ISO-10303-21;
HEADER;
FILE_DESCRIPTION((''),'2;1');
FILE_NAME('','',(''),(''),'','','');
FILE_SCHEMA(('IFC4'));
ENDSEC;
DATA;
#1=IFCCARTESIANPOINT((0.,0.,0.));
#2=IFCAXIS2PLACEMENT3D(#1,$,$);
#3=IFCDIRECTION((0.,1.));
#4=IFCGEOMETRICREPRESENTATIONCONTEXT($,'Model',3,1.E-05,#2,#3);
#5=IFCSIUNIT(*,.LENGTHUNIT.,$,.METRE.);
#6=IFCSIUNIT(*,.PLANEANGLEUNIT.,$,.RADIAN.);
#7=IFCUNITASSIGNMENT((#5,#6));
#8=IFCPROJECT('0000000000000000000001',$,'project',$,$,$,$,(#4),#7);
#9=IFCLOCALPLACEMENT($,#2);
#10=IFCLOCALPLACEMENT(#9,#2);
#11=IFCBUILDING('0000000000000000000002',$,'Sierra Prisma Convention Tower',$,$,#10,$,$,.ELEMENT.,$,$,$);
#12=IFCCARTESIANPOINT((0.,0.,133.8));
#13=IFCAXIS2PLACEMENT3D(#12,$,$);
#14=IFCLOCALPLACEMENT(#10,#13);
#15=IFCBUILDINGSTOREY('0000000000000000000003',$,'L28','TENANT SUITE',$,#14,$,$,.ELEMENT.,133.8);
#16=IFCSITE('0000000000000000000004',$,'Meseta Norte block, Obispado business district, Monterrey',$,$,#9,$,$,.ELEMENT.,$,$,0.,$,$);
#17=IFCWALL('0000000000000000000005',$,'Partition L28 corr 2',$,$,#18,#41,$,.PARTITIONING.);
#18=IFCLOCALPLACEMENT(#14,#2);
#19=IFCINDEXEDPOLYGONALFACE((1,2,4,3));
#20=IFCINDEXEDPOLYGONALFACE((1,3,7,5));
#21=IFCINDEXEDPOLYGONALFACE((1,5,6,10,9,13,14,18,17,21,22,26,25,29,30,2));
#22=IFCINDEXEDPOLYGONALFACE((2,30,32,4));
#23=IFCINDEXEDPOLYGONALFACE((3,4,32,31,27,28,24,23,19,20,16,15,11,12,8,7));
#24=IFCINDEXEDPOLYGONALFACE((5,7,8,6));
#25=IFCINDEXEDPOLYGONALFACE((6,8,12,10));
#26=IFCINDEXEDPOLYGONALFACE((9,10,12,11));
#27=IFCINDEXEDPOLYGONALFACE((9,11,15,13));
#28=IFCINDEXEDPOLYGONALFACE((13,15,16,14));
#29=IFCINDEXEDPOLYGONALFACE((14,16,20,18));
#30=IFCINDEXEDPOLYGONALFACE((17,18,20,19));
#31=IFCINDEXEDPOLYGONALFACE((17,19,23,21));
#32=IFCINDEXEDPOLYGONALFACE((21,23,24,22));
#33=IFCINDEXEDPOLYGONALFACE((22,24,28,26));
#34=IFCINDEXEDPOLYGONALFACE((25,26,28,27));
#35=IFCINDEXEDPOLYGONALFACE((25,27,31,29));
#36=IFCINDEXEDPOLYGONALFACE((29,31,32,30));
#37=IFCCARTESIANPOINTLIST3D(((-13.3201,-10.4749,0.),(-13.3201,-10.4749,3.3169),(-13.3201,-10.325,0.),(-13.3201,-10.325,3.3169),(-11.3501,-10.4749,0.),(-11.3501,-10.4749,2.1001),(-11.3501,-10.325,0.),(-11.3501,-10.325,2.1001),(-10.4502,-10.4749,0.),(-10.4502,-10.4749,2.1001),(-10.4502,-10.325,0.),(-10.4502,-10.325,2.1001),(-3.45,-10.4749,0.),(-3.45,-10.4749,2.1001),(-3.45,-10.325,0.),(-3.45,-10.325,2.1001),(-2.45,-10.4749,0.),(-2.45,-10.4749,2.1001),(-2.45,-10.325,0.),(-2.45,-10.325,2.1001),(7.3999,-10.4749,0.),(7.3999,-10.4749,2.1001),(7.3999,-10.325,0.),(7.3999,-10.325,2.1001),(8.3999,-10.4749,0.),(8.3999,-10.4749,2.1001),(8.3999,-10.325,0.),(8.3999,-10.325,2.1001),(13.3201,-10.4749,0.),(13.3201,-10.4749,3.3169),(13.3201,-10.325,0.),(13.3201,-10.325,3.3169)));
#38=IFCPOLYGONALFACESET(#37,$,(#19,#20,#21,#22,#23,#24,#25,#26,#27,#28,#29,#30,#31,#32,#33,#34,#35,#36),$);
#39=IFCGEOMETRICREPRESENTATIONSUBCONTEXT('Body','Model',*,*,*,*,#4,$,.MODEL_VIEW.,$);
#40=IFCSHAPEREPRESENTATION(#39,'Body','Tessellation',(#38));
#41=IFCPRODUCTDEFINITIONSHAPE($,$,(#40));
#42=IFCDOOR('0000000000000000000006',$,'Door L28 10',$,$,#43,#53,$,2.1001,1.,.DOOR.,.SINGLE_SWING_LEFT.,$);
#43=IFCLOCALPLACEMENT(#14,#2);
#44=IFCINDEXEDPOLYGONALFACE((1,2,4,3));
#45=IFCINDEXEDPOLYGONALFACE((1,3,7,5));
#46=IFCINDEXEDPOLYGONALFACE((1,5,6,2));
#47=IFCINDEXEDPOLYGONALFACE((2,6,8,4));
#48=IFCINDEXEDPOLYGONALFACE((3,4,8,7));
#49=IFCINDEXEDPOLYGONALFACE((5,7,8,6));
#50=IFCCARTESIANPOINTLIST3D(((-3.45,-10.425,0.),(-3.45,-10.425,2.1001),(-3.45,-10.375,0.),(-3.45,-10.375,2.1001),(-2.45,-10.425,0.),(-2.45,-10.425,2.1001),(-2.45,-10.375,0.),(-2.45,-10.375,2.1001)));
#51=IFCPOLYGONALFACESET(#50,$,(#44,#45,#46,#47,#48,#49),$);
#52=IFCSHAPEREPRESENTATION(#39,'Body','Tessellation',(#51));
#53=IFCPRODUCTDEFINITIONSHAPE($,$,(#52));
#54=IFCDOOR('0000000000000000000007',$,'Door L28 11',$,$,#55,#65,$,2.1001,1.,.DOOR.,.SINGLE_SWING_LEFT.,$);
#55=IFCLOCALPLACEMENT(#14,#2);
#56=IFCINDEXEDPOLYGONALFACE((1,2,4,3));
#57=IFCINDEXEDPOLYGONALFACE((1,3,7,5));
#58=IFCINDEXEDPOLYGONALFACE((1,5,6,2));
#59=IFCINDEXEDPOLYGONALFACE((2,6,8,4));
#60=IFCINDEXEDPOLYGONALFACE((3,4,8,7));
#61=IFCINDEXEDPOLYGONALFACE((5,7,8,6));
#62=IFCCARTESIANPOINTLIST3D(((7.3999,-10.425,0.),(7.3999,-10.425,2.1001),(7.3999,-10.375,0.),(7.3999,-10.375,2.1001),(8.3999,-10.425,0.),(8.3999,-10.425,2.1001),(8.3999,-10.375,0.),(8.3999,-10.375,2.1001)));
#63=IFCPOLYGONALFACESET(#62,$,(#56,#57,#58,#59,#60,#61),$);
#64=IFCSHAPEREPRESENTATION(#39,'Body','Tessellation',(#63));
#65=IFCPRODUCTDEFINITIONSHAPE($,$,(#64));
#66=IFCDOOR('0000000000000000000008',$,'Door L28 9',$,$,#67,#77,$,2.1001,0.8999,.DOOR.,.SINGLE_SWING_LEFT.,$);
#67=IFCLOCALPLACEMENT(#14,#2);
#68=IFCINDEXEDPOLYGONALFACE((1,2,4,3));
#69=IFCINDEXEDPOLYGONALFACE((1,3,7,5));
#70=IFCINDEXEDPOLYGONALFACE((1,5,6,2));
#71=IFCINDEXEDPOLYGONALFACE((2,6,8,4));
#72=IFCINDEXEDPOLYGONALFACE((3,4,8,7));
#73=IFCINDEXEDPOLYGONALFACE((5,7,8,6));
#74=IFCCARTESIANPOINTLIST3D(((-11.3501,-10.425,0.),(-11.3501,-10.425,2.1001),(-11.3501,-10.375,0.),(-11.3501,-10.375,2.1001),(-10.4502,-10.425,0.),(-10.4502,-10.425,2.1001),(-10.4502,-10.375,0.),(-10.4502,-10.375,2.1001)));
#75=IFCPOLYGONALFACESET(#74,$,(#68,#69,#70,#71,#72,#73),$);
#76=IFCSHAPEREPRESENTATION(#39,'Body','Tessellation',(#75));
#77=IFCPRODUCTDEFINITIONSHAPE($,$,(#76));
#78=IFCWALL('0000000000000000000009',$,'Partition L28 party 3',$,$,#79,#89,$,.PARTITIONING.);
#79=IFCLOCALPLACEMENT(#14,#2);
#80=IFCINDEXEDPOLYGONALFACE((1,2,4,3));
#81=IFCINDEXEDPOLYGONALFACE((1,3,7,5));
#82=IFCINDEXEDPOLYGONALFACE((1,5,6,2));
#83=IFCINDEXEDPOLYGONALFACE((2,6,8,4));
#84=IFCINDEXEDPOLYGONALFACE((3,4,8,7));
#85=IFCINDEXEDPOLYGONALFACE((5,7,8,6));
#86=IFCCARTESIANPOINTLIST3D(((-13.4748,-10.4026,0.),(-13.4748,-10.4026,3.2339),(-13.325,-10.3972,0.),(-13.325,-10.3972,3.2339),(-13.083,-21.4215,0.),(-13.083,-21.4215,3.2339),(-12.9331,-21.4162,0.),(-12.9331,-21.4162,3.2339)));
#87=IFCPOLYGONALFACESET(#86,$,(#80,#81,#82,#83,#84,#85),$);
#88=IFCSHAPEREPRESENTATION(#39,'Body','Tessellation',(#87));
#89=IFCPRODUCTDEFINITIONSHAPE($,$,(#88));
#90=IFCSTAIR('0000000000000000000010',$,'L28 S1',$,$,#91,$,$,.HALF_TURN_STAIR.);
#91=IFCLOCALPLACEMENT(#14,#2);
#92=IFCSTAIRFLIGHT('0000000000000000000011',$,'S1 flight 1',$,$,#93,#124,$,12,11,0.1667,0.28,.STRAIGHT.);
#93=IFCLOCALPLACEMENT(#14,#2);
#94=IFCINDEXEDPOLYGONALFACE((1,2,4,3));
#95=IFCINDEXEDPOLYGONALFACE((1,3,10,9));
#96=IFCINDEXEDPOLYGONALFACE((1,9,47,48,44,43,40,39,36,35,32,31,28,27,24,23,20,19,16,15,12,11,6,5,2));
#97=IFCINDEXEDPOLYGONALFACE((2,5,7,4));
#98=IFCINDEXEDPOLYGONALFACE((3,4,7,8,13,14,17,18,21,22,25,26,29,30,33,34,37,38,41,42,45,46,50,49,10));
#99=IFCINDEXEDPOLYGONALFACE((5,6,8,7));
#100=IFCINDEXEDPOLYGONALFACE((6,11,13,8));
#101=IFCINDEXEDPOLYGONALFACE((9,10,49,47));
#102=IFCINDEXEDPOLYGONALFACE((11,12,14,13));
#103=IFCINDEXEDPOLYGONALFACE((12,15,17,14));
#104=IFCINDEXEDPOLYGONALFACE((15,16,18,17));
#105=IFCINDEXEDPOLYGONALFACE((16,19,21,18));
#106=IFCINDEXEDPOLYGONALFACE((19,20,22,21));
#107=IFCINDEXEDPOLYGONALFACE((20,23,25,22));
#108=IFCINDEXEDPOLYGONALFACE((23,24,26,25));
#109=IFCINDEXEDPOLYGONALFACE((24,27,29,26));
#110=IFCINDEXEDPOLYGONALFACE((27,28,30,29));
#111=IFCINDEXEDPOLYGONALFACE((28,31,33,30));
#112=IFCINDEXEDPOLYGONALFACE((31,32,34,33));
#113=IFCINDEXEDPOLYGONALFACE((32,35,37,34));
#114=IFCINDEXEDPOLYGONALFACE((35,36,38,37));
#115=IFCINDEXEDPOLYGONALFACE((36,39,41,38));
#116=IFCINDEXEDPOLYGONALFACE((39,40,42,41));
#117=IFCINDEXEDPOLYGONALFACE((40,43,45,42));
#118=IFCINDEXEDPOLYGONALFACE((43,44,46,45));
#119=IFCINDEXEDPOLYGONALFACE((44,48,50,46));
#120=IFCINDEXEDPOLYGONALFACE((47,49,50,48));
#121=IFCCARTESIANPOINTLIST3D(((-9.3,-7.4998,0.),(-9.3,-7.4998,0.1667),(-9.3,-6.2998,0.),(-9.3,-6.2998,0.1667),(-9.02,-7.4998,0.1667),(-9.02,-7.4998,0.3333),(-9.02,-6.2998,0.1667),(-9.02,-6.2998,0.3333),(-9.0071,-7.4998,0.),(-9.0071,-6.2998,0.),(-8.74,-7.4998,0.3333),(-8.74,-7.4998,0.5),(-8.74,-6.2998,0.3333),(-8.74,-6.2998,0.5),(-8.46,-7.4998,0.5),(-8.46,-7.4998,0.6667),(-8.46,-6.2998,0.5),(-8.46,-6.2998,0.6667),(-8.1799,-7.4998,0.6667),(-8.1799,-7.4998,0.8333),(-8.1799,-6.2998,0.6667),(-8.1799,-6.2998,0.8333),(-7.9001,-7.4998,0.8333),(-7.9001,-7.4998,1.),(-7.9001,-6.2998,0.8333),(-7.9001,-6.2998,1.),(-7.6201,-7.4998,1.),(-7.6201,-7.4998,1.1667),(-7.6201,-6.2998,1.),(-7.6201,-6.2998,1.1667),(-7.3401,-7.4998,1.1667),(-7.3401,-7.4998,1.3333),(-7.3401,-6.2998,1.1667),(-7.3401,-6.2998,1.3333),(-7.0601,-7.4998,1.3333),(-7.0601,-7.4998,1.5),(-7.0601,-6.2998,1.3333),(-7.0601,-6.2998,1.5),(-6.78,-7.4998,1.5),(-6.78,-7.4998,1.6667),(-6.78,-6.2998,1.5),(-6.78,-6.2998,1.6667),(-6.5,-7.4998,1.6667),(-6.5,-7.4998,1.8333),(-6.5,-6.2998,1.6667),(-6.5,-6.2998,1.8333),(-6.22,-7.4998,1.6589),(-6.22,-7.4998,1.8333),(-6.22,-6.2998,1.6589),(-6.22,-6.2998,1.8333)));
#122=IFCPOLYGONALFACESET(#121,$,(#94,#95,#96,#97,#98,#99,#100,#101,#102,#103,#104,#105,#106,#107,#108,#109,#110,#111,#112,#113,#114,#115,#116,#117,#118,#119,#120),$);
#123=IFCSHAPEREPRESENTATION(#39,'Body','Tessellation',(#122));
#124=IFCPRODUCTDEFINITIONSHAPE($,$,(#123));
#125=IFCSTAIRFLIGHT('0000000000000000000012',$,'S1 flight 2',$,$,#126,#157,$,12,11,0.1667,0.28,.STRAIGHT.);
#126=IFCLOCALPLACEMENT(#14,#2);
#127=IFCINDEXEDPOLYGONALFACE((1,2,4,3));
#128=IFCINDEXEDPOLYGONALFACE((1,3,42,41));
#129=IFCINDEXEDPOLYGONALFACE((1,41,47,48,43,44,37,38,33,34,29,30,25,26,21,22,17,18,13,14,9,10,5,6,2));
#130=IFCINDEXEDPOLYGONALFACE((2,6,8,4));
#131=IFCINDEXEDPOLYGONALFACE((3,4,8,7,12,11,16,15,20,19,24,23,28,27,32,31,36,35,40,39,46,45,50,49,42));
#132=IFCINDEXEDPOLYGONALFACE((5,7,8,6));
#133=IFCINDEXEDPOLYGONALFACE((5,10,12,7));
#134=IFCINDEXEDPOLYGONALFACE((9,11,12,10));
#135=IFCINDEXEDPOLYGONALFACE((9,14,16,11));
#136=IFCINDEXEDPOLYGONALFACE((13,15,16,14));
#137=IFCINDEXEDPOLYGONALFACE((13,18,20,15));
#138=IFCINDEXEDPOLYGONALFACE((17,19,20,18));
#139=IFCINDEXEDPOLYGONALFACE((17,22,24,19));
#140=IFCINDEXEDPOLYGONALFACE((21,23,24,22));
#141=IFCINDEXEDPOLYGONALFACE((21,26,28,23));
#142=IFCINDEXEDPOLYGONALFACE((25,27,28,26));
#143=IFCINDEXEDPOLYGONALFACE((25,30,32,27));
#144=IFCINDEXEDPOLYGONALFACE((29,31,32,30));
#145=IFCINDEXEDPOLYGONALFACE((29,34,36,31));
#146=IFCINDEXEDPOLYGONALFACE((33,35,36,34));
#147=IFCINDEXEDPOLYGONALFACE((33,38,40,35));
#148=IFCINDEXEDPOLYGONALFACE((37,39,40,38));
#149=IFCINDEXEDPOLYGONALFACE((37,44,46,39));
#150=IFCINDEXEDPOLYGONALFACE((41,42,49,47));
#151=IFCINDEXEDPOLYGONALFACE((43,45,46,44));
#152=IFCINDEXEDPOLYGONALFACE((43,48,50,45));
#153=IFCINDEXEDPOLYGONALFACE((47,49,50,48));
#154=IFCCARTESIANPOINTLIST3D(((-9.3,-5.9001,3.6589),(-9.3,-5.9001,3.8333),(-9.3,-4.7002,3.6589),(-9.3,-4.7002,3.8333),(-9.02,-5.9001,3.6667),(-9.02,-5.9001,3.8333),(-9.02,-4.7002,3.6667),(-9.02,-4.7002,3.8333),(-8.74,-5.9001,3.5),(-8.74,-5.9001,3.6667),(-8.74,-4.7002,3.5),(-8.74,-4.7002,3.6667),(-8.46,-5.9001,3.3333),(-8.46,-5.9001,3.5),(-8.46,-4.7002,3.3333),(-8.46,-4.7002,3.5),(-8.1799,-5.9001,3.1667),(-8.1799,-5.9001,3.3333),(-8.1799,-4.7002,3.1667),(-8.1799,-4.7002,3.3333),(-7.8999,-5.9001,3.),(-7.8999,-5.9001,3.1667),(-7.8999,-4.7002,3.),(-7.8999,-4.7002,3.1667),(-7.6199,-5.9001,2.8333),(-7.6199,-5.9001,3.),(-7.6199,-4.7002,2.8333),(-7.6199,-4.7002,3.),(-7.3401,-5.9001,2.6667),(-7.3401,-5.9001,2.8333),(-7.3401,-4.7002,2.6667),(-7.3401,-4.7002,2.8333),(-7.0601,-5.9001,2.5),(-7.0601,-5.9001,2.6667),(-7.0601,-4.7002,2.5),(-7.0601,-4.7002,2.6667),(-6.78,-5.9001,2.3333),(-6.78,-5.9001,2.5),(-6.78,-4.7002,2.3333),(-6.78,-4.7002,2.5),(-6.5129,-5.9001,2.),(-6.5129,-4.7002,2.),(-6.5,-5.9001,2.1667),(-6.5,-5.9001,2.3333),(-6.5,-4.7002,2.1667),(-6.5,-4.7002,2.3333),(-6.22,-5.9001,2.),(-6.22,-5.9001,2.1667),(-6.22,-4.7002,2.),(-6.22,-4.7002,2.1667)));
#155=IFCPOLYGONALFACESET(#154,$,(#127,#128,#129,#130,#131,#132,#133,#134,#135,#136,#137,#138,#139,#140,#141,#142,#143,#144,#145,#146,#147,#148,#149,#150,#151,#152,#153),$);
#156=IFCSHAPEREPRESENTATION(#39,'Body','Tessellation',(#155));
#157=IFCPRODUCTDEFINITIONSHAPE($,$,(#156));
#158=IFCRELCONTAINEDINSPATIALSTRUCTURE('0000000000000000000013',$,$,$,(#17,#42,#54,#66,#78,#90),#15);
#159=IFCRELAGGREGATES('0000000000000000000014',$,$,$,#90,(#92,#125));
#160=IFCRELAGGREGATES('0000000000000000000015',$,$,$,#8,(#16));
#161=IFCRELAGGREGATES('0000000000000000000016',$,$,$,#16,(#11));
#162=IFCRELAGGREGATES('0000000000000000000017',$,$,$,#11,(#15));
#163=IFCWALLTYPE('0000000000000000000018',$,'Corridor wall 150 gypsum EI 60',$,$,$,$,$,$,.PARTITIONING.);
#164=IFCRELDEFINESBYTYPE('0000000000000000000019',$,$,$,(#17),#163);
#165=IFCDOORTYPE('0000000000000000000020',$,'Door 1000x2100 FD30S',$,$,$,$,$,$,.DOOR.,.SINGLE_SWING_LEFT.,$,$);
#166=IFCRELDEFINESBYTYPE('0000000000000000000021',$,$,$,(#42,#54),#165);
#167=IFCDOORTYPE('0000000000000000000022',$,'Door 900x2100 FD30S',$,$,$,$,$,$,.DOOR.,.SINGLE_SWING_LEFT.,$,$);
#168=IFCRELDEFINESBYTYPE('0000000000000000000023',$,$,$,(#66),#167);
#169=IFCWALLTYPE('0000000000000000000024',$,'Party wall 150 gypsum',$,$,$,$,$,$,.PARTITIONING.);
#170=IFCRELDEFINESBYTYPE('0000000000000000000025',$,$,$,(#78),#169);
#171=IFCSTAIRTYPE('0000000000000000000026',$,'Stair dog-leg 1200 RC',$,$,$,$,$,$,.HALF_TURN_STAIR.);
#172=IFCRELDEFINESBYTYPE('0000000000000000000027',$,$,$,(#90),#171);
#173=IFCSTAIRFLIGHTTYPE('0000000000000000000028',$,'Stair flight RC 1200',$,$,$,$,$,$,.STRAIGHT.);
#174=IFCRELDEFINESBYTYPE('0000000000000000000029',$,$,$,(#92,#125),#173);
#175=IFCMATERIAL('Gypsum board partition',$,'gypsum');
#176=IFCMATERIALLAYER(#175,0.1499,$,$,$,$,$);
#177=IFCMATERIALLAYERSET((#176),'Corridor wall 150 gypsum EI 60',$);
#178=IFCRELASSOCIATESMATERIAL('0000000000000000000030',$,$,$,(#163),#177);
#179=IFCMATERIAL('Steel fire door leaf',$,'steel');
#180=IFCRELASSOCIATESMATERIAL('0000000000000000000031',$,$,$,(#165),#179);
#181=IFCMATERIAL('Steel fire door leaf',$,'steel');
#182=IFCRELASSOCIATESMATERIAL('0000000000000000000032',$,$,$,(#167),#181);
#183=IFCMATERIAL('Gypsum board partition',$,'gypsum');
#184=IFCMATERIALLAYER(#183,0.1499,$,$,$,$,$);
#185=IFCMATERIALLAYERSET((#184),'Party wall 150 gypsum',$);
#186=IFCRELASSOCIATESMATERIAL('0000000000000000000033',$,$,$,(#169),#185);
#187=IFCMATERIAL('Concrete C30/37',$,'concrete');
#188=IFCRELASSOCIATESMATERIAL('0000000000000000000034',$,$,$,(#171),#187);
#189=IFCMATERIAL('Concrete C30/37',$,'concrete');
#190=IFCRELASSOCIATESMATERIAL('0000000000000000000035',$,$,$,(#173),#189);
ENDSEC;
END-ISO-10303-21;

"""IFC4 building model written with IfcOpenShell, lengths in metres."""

from ifc_helpers import new_model, si_unit, direction, frame, frame_2d, origin, place, context, subcontext, project, spatial, polyline, rectangle, outline, extrude, material, layer, layer_set, type_object, element, fill, aggregate, save


model = new_model("IFC4")

# Units and contexts
model_context = context("Model", 3, precision=1e-05, world=origin(), true_north=direction((0.0, 1.0)))
body_context = subcontext(model_context, "Body", "Model", "MODEL_VIEW")
ifc_project = project(units=[si_unit("LENGTHUNIT", "METRE"), si_unit("PLANEANGLEUNIT", "RADIAN")], contexts=[model_context])

# Site, building, storey
site_placement = place(None, origin())
site = spatial("IfcSite", under=ifc_project, at=site_placement, Name="Meseta Norte block, Obispado business district, Monterrey", CompositionType="ELEMENT", RefElevation=0.0)
building_placement = place(site_placement, origin())
building = spatial("IfcBuilding", under=site, at=building_placement, Name="Sierra Prisma Convention Tower", CompositionType="ELEMENT")
storey_placement = place(building_placement, frame((0.0, 0.0, 133.8)))
storey = spatial("IfcBuildingStorey", under=building, at=storey_placement, Name="L28", Description="TENANT SUITE", CompositionType="ELEMENT", Elevation=133.8)

# Wall, openings, doors
ifc_material_1 = material(Name="Gypsum board partition", Category="gypsum")
ifc_layer_1 = layer(ifc_material_1, 0.1499)
ifc_layer_set_1 = layer_set([ifc_layer_1], Name="Corridor wall 150 gypsum EI 60")
wall_type_1 = type_object("IfcWallType", Name="Corridor wall 150 gypsum EI 60", PredefinedType="PARTITIONING", material=ifc_layer_set_1)
wall_1_placement = place(storey_placement, frame((-13.3201, -10.3999, 0.0), z_axis=(0.0, 0.0, 1.0), x_axis=(1.0, 0.0, 0.0)))
wall_1 = element("IfcWall", 1, at=wall_1_placement, inside=storey, type_object=wall_type_1, Name="Partition L28 corr 2", PredefinedType="PARTITIONING", context=body_context, shape_type="SweptSolid", body=[
    extrude(rectangle(XDim=26.6401, YDim=0.1499, at=frame_2d((13.3201, 0.0))), origin(), (0.0, 0.0, 1.0), 3.3169),
])
opening_1_placement = place(wall_1_placement, frame((1.97, 0.0, 0.0)))
opening_1 = element("IfcOpeningElement", 2, at=opening_1_placement, cuts=wall_1, PredefinedType="OPENING", context=body_context, shape_type="SweptSolid", body=[
    extrude(rectangle(XDim=0.8999, YDim=2.1001, at=frame_2d((0.45, 1.05))), frame((0.0, 0.075, 0.0), z_axis=(0.0, -1.0, 0.0), x_axis=(1.0, 0.0, 0.0)), (0.0, 0.0, 1.0), 0.1499),
])
opening_2_placement = place(wall_1_placement, frame((9.8701, 0.0, 0.0)))
opening_2 = element("IfcOpeningElement", 3, at=opening_2_placement, cuts=wall_1, PredefinedType="OPENING", context=body_context, shape_type="SweptSolid", body=[
    extrude(rectangle(XDim=1.0, YDim=2.1001, at=frame_2d((0.5, 1.05))), frame((0.0, 0.075, 0.0), z_axis=(0.0, -1.0, 0.0), x_axis=(1.0, 0.0, 0.0)), (0.0, 0.0, 1.0), 0.1499),
])
opening_3_placement = place(wall_1_placement, frame((20.72, 0.0, 0.0)))
opening_3 = element("IfcOpeningElement", 4, at=opening_3_placement, cuts=wall_1, PredefinedType="OPENING", context=body_context, shape_type="SweptSolid", body=[
    extrude(rectangle(XDim=1.0, YDim=2.1001, at=frame_2d((0.5, 1.05))), frame((0.0, 0.075, 0.0), z_axis=(0.0, -1.0, 0.0), x_axis=(1.0, 0.0, 0.0)), (0.0, 0.0, 1.0), 0.1499),
])
ifc_material_2 = material(Name="Steel fire door leaf", Category="steel")
door_type_1 = type_object("IfcDoorType", Name="Door 1000x2100 FD30S", OperationType="SINGLE_SWING_LEFT", PredefinedType="DOOR", material=ifc_material_2)
door_1_placement = place(opening_2_placement, origin())
door_1 = element("IfcDoor", 5, at=door_1_placement, inside=storey, type_object=door_type_1, Name="Door L28 10", OperationType="SINGLE_SWING_LEFT", OverallHeight=2.1001, OverallWidth=1.0, PredefinedType="DOOR", context=body_context, shape_type="SweptSolid", body=[
    extrude(rectangle(XDim=1.0, YDim=2.1001, at=frame_2d((0.5, 1.05))), frame((0.0, 0.0249, 0.0), z_axis=(0.0, -1.0, 0.0), x_axis=(1.0, 0.0, 0.0)), (0.0, 0.0, 1.0), 0.05),
])
fill(opening_2, door_1)
door_2_placement = place(opening_3_placement, origin())
door_2 = element("IfcDoor", 6, at=door_2_placement, inside=storey, type_object=door_type_1, Name="Door L28 11", OperationType="SINGLE_SWING_LEFT", OverallHeight=2.1001, OverallWidth=1.0, PredefinedType="DOOR", context=body_context, shape_type="SweptSolid", body=[
    extrude(rectangle(XDim=1.0, YDim=2.1001, at=frame_2d((0.5, 1.05))), frame((0.0, 0.0249, 0.0), z_axis=(0.0, -1.0, 0.0), x_axis=(1.0, 0.0, 0.0)), (0.0, 0.0, 1.0), 0.05),
])
fill(opening_3, door_2)
ifc_material_3 = material(Name="Steel fire door leaf", Category="steel")
door_type_2 = type_object("IfcDoorType", Name="Door 900x2100 FD30S", OperationType="SINGLE_SWING_LEFT", PredefinedType="DOOR", material=ifc_material_3)
door_3_placement = place(opening_1_placement, origin())
door_3 = element("IfcDoor", 7, at=door_3_placement, inside=storey, type_object=door_type_2, Name="Door L28 9", OperationType="SINGLE_SWING_LEFT", OverallHeight=2.1001, OverallWidth=0.8999, PredefinedType="DOOR", context=body_context, shape_type="SweptSolid", body=[
    extrude(rectangle(XDim=0.8999, YDim=2.1001, at=frame_2d((0.45, 1.05))), frame((0.0, 0.0249, 0.0), z_axis=(0.0, -1.0, 0.0), x_axis=(1.0, 0.0, 0.0)), (0.0, 0.0, 1.0), 0.05),
])
fill(opening_1, door_3)

# Wall
ifc_material_4 = material(Name="Gypsum board partition", Category="gypsum")
ifc_layer_2 = layer(ifc_material_4, 0.1499)
ifc_layer_set_2 = layer_set([ifc_layer_2], Name="Party wall 150 gypsum")
wall_type_2 = type_object("IfcWallType", Name="Party wall 150 gypsum", PredefinedType="PARTITIONING", material=ifc_layer_set_2)
wall_2_placement = place(storey_placement, frame((-13.3999, -10.3999, 0.0), z_axis=(0.0, 0.0, 1.0), x_axis=(0.035539, -0.999368, 0.0)))
element("IfcWall", 8, at=wall_2_placement, inside=storey, type_object=wall_type_2, Name="Partition L28 party 3", PredefinedType="PARTITIONING", context=body_context, shape_type="SweptSolid", body=[
    extrude(rectangle(XDim=11.0259, YDim=0.1499, at=frame_2d((5.5129, 0.0))), origin(), (0.0, 0.0, 1.0), 3.2339),
])

# Stair, stair flights
ifc_material_5 = material(Name="Concrete C30/37", Category="concrete")
stair_type = type_object("IfcStairType", Name="Stair dog-leg 1200 RC", PredefinedType="HALF_TURN_STAIR", material=ifc_material_5)
stair_placement = place(storey_placement, origin())
stair = element("IfcStair", 9, at=stair_placement, inside=storey, type_object=stair_type, Name="L28 S1", PredefinedType="HALF_TURN_STAIR")
ifc_material_6 = material(Name="Concrete C30/37", Category="concrete")
stair_flight_type = type_object("IfcStairFlightType", Name="Stair flight RC 1200", PredefinedType="STRAIGHT", material=ifc_material_6)
stair_flight_1_placement = place(storey_placement, frame((-9.3, -6.8999, 0.0), z_axis=(0.0, 0.0, 1.0), x_axis=(1.0, 0.0, 0.0)))
stair_flight_1 = element("IfcStairFlight", 10, at=stair_flight_1_placement, type_object=stair_flight_type, Name="S1 flight 1", NumberOfRisers=12, NumberOfTreads=11, PredefinedType="STRAIGHT", RiserHeight=0.1667, TreadLength=0.28, context=body_context, shape_type="SweptSolid", body=[
    extrude(outline(polyline([(0.0, 0.0), (0.0, 0.1667), (0.28, 0.1667), (0.28, 0.3333), (0.5601, 0.3333), (0.5601, 0.5), (0.8401, 0.5), (0.8401, 0.6667), (1.1201, 0.6667), (1.1201, 0.8333), (1.3999, 0.8333), (1.3999, 1.0), (1.6799, 1.0), (1.6799, 1.1667), (1.96, 1.1667), (1.96, 1.3333), (2.24, 1.3333), (2.24, 1.5), (2.52, 1.5), (2.52, 1.6667), (2.8, 1.6667), (2.8, 1.8333), (3.0801, 1.8333), (3.0801, 2.0), (3.0801, 1.6589), (0.293, 0.0), (0.0, 0.0)])), frame((0.0, 0.6001, 0.0), z_axis=(0.0, -1.0, 0.0), x_axis=(1.0, 0.0, 0.0)), (0.0, 0.0, 1.0), 1.2),
])
stair_flight_2_placement = place(storey_placement, frame((-6.22, -5.3, 2.0), z_axis=(0.0, 0.0, 1.0), x_axis=(-1.0, 0.0, 0.0)))
stair_flight_2 = element("IfcStairFlight", 11, at=stair_flight_2_placement, type_object=stair_flight_type, Name="S1 flight 2", NumberOfRisers=12, NumberOfTreads=11, PredefinedType="STRAIGHT", RiserHeight=0.1667, TreadLength=0.28, context=body_context, shape_type="SweptSolid", body=[
    extrude(outline(polyline([(0.0, 0.0), (0.0, 0.1667), (0.28, 0.1667), (0.28, 0.3333), (0.5601, 0.3333), (0.5601, 0.5), (0.8401, 0.5), (0.8401, 0.6667), (1.1201, 0.6667), (1.1201, 0.8333), (1.3999, 0.8333), (1.3999, 1.0), (1.6799, 1.0), (1.6799, 1.1667), (1.96, 1.1667), (1.96, 1.3333), (2.24, 1.3333), (2.24, 1.5), (2.52, 1.5), (2.52, 1.6667), (2.8, 1.6667), (2.8, 1.8333), (3.0801, 1.8333), (3.0801, 2.0), (3.0801, 1.6589), (0.293, 0.0), (0.0, 0.0)])), frame((0.0, 0.6001, 0.0), z_axis=(0.0, -1.0, 0.0), x_axis=(1.0, 0.0, 0.0)), (0.0, 0.0, 1.0), 1.2),
])
aggregate(stair, [stair_flight_1, stair_flight_2])

save(model, "model.ifc")
